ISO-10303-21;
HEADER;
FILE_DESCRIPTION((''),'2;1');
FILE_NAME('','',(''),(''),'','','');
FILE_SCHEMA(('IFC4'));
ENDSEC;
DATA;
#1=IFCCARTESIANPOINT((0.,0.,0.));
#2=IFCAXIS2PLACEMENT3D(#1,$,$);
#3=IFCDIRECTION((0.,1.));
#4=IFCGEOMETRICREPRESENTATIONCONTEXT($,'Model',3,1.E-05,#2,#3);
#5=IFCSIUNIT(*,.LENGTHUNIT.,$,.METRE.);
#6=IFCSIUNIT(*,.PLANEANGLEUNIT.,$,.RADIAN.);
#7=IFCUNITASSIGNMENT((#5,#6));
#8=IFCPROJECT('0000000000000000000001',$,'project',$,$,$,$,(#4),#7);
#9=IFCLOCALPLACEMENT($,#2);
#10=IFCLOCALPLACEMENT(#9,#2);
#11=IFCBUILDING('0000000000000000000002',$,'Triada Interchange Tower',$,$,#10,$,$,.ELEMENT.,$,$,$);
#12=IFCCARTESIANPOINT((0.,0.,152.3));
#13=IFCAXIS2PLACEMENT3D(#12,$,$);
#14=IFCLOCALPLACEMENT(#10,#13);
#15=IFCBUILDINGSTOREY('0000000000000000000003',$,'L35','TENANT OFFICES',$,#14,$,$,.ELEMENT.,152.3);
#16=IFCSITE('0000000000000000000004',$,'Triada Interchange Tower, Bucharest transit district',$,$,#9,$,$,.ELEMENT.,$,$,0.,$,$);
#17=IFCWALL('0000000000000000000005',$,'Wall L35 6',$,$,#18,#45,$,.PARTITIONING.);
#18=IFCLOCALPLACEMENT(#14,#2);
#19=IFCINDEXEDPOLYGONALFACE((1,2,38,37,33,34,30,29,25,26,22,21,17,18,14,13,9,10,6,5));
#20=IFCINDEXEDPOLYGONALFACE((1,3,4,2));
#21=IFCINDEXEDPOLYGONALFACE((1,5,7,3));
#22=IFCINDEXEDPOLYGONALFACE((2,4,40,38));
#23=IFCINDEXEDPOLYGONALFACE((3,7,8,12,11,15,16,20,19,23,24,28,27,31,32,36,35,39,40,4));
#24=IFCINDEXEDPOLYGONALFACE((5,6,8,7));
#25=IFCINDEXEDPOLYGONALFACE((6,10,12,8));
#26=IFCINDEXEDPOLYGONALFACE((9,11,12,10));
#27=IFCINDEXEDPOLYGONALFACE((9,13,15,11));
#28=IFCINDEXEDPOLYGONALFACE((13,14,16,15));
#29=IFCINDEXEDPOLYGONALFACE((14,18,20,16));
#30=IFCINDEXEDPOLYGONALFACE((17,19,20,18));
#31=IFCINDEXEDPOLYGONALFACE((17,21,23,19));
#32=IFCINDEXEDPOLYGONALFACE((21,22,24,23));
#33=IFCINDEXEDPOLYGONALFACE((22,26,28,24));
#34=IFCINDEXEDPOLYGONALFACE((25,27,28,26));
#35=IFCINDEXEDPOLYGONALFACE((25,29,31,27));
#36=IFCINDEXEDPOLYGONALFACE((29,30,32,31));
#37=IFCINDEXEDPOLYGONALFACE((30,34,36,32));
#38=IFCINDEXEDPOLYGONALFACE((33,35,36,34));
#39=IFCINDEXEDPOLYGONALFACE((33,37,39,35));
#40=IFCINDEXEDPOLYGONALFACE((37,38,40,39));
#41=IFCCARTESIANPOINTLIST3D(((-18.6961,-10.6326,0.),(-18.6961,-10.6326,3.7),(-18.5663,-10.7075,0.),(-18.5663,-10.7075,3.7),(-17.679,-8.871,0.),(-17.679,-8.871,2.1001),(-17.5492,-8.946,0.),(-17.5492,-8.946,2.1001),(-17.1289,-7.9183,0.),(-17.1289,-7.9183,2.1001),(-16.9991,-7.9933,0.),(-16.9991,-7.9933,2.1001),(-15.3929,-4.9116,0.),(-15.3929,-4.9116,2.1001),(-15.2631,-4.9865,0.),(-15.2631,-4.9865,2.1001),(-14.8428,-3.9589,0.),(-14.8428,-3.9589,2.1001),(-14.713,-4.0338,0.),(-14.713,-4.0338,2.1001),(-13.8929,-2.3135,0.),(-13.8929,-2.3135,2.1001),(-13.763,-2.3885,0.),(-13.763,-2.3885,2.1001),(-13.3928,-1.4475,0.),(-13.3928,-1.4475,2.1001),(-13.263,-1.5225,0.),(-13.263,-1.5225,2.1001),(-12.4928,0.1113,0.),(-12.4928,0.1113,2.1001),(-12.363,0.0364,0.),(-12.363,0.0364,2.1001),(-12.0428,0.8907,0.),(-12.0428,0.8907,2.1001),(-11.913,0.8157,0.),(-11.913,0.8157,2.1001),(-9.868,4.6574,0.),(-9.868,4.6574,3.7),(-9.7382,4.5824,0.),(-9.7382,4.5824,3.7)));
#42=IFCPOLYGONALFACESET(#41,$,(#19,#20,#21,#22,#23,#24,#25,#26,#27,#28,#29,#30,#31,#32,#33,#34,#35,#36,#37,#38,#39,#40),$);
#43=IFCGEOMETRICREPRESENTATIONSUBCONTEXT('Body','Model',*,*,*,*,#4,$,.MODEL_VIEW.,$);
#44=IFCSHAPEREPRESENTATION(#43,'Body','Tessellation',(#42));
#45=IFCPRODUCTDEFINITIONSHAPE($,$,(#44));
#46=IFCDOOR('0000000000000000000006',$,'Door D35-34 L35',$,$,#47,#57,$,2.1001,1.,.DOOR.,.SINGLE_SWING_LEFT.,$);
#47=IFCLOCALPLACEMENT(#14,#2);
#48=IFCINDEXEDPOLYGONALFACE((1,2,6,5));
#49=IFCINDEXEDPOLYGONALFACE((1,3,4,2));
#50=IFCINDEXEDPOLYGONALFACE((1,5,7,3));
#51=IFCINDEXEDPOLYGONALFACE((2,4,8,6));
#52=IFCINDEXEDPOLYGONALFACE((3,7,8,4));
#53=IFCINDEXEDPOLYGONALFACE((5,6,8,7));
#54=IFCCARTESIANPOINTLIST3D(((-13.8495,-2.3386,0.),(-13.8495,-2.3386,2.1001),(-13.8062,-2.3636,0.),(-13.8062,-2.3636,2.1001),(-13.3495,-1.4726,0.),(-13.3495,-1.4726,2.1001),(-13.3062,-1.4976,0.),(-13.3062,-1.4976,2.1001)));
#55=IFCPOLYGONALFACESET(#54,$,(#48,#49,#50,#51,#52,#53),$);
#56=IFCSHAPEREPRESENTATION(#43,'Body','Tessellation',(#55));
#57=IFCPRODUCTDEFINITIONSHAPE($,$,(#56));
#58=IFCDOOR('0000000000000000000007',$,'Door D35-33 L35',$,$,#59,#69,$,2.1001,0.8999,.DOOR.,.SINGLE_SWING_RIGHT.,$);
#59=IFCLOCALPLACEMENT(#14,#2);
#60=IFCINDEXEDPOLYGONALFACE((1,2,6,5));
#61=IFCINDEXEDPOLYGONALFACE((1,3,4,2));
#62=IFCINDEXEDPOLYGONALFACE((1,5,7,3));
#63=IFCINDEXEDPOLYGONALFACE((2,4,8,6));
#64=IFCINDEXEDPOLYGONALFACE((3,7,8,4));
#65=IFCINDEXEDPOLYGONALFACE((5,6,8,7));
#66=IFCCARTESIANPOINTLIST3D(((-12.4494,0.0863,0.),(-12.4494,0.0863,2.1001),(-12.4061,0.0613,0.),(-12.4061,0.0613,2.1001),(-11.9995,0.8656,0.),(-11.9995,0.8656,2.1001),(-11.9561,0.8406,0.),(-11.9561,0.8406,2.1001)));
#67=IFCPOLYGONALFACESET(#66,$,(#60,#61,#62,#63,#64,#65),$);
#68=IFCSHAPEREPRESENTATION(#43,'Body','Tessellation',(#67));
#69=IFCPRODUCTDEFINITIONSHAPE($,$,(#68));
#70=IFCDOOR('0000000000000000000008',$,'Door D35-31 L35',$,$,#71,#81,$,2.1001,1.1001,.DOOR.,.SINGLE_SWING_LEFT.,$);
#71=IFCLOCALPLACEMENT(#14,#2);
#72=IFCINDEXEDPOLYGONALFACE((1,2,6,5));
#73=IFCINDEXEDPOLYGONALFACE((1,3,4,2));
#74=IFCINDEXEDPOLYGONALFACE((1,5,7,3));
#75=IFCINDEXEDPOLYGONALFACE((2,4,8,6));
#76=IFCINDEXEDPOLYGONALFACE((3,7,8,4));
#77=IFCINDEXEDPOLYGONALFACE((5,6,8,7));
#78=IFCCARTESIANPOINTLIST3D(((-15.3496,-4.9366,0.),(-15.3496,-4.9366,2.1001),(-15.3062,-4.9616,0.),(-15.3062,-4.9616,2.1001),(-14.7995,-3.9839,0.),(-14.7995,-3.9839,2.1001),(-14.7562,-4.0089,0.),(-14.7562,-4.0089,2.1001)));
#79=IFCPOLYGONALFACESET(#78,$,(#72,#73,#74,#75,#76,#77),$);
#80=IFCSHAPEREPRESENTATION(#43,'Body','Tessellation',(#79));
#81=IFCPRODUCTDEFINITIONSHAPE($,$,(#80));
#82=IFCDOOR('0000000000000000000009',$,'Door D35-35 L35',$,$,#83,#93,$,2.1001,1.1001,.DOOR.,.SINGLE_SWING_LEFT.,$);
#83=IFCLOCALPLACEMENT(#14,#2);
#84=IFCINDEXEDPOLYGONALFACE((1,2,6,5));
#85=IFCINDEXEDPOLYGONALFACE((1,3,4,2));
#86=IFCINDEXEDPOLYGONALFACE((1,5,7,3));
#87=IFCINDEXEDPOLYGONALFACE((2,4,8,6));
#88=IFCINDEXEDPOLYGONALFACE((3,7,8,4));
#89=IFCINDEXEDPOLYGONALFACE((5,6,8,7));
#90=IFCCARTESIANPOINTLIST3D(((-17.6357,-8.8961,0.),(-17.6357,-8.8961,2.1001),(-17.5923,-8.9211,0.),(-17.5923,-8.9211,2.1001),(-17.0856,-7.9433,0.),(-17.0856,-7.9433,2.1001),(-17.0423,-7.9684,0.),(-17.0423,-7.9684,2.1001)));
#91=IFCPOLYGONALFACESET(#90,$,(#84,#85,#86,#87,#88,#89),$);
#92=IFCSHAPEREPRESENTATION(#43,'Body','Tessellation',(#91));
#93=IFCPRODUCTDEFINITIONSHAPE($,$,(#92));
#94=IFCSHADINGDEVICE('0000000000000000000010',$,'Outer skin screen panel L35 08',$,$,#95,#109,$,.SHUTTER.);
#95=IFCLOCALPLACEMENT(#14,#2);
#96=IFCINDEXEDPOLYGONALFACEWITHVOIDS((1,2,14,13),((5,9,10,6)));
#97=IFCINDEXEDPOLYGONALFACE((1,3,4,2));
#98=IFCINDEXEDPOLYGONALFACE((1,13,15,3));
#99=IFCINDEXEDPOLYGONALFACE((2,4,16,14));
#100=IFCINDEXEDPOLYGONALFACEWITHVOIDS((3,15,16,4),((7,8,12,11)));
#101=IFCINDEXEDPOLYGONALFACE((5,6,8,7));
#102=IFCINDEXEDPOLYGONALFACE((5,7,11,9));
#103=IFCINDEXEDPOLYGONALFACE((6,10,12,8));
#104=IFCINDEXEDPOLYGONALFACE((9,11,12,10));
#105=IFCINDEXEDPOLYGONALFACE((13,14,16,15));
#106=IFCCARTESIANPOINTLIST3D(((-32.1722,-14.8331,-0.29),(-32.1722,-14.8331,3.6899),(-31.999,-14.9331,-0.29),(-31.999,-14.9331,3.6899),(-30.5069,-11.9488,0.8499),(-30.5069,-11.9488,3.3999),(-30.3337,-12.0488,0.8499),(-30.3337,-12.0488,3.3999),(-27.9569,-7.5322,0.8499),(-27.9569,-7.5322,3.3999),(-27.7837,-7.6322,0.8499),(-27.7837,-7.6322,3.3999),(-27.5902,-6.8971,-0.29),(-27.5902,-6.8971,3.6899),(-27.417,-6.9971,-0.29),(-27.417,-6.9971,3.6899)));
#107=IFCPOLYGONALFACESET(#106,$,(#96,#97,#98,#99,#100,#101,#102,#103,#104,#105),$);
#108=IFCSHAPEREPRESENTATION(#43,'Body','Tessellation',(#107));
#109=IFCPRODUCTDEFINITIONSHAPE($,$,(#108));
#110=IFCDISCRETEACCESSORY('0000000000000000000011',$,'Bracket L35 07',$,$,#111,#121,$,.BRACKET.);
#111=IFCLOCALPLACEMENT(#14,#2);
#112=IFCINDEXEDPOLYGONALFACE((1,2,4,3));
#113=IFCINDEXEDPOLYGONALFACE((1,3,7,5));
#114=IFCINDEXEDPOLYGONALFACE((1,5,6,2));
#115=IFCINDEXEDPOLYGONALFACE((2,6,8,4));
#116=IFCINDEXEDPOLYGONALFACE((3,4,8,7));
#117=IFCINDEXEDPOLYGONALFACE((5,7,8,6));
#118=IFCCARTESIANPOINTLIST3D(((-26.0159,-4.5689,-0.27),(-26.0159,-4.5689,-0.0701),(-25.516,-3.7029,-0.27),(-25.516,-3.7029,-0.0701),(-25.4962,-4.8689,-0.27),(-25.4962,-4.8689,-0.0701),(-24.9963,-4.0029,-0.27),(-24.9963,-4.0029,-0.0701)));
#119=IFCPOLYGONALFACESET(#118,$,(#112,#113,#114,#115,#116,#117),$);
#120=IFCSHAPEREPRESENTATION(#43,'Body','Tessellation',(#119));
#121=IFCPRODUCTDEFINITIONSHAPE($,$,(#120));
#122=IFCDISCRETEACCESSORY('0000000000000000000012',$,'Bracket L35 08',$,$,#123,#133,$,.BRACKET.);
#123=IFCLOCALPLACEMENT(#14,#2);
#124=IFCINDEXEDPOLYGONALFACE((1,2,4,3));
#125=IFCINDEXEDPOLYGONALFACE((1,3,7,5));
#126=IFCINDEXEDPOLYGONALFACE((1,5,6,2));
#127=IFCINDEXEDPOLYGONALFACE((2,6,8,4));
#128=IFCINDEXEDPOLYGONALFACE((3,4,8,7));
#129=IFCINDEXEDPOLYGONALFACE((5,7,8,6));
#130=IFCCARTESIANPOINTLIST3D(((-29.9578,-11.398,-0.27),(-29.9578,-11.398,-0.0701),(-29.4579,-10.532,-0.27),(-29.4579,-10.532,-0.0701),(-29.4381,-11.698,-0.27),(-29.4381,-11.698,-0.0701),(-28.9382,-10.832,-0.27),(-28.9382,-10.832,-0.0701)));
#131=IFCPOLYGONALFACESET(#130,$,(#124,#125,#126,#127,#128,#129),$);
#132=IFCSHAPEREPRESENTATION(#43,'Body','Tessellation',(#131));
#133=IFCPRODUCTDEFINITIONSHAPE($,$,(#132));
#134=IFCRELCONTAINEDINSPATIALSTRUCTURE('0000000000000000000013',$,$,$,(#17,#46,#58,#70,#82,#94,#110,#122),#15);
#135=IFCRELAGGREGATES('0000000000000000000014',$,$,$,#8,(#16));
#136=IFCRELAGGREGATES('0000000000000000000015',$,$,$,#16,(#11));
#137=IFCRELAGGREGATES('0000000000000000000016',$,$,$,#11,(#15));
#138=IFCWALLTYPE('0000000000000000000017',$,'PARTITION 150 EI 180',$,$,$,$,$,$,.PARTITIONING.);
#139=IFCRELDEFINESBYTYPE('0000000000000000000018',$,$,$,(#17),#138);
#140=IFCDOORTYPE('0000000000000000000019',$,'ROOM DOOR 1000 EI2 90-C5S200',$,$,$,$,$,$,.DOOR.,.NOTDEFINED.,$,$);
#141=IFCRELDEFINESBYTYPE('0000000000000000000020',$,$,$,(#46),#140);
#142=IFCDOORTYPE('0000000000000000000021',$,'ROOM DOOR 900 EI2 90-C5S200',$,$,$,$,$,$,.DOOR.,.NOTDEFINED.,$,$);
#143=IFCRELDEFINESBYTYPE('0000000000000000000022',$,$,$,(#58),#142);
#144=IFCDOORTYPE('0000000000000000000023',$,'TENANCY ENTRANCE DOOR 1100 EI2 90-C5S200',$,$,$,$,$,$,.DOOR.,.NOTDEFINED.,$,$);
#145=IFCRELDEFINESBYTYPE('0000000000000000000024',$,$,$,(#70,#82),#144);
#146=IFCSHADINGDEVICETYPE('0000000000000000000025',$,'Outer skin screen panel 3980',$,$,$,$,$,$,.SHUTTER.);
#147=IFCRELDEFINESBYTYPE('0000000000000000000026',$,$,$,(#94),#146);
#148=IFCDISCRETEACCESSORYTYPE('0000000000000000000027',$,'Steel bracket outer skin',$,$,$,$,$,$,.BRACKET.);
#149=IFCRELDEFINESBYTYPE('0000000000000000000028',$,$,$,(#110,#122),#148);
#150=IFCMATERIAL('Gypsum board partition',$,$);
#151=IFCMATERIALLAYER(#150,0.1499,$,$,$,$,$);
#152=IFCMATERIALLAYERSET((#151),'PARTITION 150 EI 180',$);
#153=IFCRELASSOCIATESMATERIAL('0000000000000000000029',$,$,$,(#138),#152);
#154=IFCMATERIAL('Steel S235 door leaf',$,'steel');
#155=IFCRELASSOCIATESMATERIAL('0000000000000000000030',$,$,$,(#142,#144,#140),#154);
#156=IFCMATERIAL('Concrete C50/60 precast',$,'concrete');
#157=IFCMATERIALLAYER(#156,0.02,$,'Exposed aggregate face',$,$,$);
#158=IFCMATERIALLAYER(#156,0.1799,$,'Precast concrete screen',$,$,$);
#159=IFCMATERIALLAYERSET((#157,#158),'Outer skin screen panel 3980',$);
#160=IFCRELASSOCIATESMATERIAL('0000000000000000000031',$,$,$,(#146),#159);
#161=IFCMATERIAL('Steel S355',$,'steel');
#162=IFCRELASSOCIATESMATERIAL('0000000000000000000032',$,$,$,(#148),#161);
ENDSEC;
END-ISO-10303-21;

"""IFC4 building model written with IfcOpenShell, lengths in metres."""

from ifc_helpers import new_model, si_unit, direction, frame, frame_2d, origin, origin_2d, place, context, subcontext, project, spatial, polyline, rectangle, outline, extrude, material, layer, layer_set, type_object, element, fill, save


model = new_model("IFC4")

# Units and contexts
model_context = context("Model", 3, precision=1e-05, world=origin(), true_north=direction((0.0, 1.0)))
body_context = subcontext(model_context, "Body", "Model", "MODEL_VIEW")
ifc_project = project(units=[si_unit("LENGTHUNIT", "METRE"), si_unit("PLANEANGLEUNIT", "RADIAN")], contexts=[model_context])

# Site, building, storey
site_placement = place(None, origin())
site = spatial("IfcSite", under=ifc_project, at=site_placement, Name="Triada Interchange Tower, Bucharest transit district", CompositionType="ELEMENT", RefElevation=0.0)
building_placement = place(site_placement, origin())
building = spatial("IfcBuilding", under=site, at=building_placement, Name="Triada Interchange Tower", CompositionType="ELEMENT")
storey_placement = place(building_placement, frame((0.0, 0.0, 152.3)))
storey = spatial("IfcBuildingStorey", under=building, at=storey_placement, Name="L35", Description="TENANT OFFICES", CompositionType="ELEMENT", Elevation=152.3)

# Shared definitions
ifc_material_1 = material(Name="Gypsum board partition")
ifc_layer_1 = layer(ifc_material_1, 0.1499)
ifc_layer_set_1 = layer_set([ifc_layer_1], Name="PARTITION 150 EI 180")
wall_type = type_object("IfcWallType", Name="PARTITION 150 EI 180", PredefinedType="PARTITIONING", material=ifc_layer_set_1)

# Wall, openings, doors
ifc_material_2 = material(Name="Steel S235 door leaf", Category="steel")
door_type_1 = type_object("IfcDoorType", Name="ROOM DOOR 900 EI2 90-C5S200", OperationType="NOTDEFINED", PredefinedType="DOOR", material=ifc_material_2)
door_type_2 = type_object("IfcDoorType", Name="TENANCY ENTRANCE DOOR 1100 EI2 90-C5S200", OperationType="NOTDEFINED", PredefinedType="DOOR", material=ifc_material_2)
wall_1_placement = place(storey_placement, frame((-18.6311, -10.6699, 0.0), z_axis=(0.0, 0.0, 1.0), x_axis=(0.500018, 0.866015, 0.0)))
wall_1 = element("IfcWall", 1, at=wall_1_placement, inside=storey, type_object=wall_type, Name="Wall L35 6", PredefinedType="PARTITIONING", context=body_context, shape_type="SweptSolid", body=[
    extrude(rectangle(XDim=17.6555, YDim=0.1499, at=frame_2d((8.8276, 0.0))), origin(), (0.0, 0.0, 1.0), 3.7),
])
opening_1_placement = place(wall_1_placement, frame((6.606, 0.0, 0.0)))
opening_1 = element("IfcOpeningElement", 2, at=opening_1_placement, cuts=wall_1, PredefinedType="OPENING", context=body_context, shape_type="SweptSolid", body=[
    extrude(rectangle(XDim=1.1001, YDim=2.1001, at=frame_2d((0.55, 1.05))), frame((0.0, 0.085, 0.0), z_axis=(0.0, -1.0, 0.0), x_axis=(1.0, 0.0, 0.0)), (0.0, 0.0, 1.0), 0.1699),
])
opening_2_placement = place(wall_1_placement, frame((12.406, 0.0, 0.0)))
opening_2 = element("IfcOpeningElement", 3, at=opening_2_placement, cuts=wall_1, PredefinedType="OPENING", context=body_context, shape_type="SweptSolid", body=[
    extrude(rectangle(XDim=0.8999, YDim=2.1001, at=frame_2d((0.45, 1.05))), frame((0.0, 0.085, 0.0), z_axis=(0.0, -1.0, 0.0), x_axis=(1.0, 0.0, 0.0)), (0.0, 0.0, 1.0), 0.1699),
])
opening_3_placement = place(wall_1_placement, frame((9.606, 0.0, 0.0)))
opening_3 = element("IfcOpeningElement", 4, at=opening_3_placement, cuts=wall_1, PredefinedType="OPENING", context=body_context, shape_type="SweptSolid", body=[
    extrude(rectangle(XDim=1.0, YDim=2.1001, at=frame_2d((0.5, 1.05))), frame((0.0, 0.085, 0.0), z_axis=(0.0, -1.0, 0.0), x_axis=(1.0, 0.0, 0.0)), (0.0, 0.0, 1.0), 0.1699),
])
opening_4_placement = place(wall_1_placement, frame((2.0339, 0.0, 0.0)))
opening_4 = element("IfcOpeningElement", 5, at=opening_4_placement, cuts=wall_1, PredefinedType="OPENING", context=body_context, shape_type="SweptSolid", body=[
    extrude(rectangle(XDim=1.1001, YDim=2.1001, at=frame_2d((0.55, 1.05))), frame((0.0, 0.085, 0.0), z_axis=(0.0, -1.0, 0.0), x_axis=(1.0, 0.0, 0.0)), (0.0, 0.0, 1.0), 0.1699),
])
door_type_3 = type_object("IfcDoorType", Name="ROOM DOOR 1000 EI2 90-C5S200", OperationType="NOTDEFINED", PredefinedType="DOOR", material=ifc_material_2)
door_1_placement = place(opening_3_placement, origin())
door_1 = element("IfcDoor", 6, at=door_1_placement, inside=storey, type_object=door_type_3, Name="Door D35-34 L35", OperationType="SINGLE_SWING_LEFT", OverallHeight=2.1001, OverallWidth=1.0, PredefinedType="DOOR", context=body_context, shape_type="SweptSolid", body=[
    extrude(rectangle(XDim=1.0, YDim=2.1001, at=frame_2d((0.5, 1.05))), frame((0.0, 0.0249, 0.0), z_axis=(0.0, -1.0, 0.0), x_axis=(1.0, 0.0, 0.0)), (0.0, 0.0, 1.0), 0.05),
])
fill(opening_3, door_1)
door_2_placement = place(opening_2_placement, origin())
door_2 = element("IfcDoor", 7, at=door_2_placement, inside=storey, type_object=door_type_1, Name="Door D35-33 L35", OperationType="SINGLE_SWING_RIGHT", OverallHeight=2.1001, OverallWidth=0.8999, PredefinedType="DOOR", context=body_context, shape_type="SweptSolid", body=[
    extrude(rectangle(XDim=0.8999, YDim=2.1001, at=frame_2d((0.45, 1.05))), frame((0.0, 0.0249, 0.0), z_axis=(0.0, -1.0, 0.0), x_axis=(1.0, 0.0, 0.0)), (0.0, 0.0, 1.0), 0.05),
])
fill(opening_2, door_2)
door_3_placement = place(opening_1_placement, origin())
door_3 = element("IfcDoor", 8, at=door_3_placement, inside=storey, type_object=door_type_2, Name="Door D35-31 L35", OperationType="SINGLE_SWING_LEFT", OverallHeight=2.1001, OverallWidth=1.1001, PredefinedType="DOOR", context=body_context, shape_type="SweptSolid", body=[
    extrude(rectangle(XDim=1.1001, YDim=2.1001, at=frame_2d((0.55, 1.05))), frame((0.0, 0.0249, 0.0), z_axis=(0.0, -1.0, 0.0), x_axis=(1.0, 0.0, 0.0)), (0.0, 0.0, 1.0), 0.05),
])
fill(opening_1, door_3)
door_4_placement = place(opening_4_placement, origin())
door_4 = element("IfcDoor", 9, at=door_4_placement, inside=storey, type_object=door_type_2, Name="Door D35-35 L35", OperationType="SINGLE_SWING_LEFT", OverallHeight=2.1001, OverallWidth=1.1001, PredefinedType="DOOR", context=body_context, shape_type="SweptSolid", body=[
    extrude(rectangle(XDim=1.1001, YDim=2.1001, at=frame_2d((0.55, 1.05))), frame((0.0, 0.0249, 0.0), z_axis=(0.0, -1.0, 0.0), x_axis=(1.0, 0.0, 0.0)), (0.0, 0.0, 1.0), 0.05),
])
fill(opening_4, door_4)

# Shading device
ifc_material_3 = material(Name="Concrete C50/60 precast", Category="concrete")
ifc_layer_2 = layer(ifc_material_3, 0.02, Name="Exposed aggregate face")
ifc_layer_3 = layer(ifc_material_3, 0.1799, Name="Precast concrete screen")
ifc_layer_set_2 = layer_set([ifc_layer_2, ifc_layer_3], Name="Outer skin screen panel 3980")
shading_device_type = type_object("IfcShadingDeviceType", Name="Outer skin screen panel 3980", PredefinedType="SHUTTER", material=ifc_layer_set_2)
shading_device_placement = place(storey_placement, frame((-27.417, -6.9971, -0.29), z_axis=(0.0, 0.0, 1.0), x_axis=(-0.500013, -0.866018, 0.0)))
element("IfcShadingDevice", 10, at=shading_device_placement, inside=storey, type_object=shading_device_type, Name="Outer skin screen panel L35 08", PredefinedType="SHUTTER", context=body_context, shape_type="SweptSolid", body=[
    extrude(outline(polyline([(0.0, 0.0), (9.1638, 0.0), (9.1638, 3.98), (0.0, 3.98), (0.0, 0.0)]), holes=[polyline([(0.7334, 1.1399), (0.7334, 3.6899), (5.8333, 3.6899), (5.8333, 1.1399), (0.7334, 1.1399)])]), frame((0.0, 0.0, 0.0), z_axis=(0.0, -1.0, 0.0), x_axis=(1.0, 0.0, 0.0)), (0.0, 0.0, 1.0), 0.2),
])

# Discrete accessories
ifc_material_4 = material(Name="Steel S355", Category="steel")
discrete_accessory_type = type_object("IfcDiscreteAccessoryType", Name="Steel bracket outer skin", PredefinedType="BRACKET", material=ifc_material_4)
for number, where, z_axis, x_axis, name in (
    (11, (-25.5061, -4.2859, -0.27), (0.0, 0.0, 1.0), (-0.866036, 0.499982, 0.0), "Bracket L35 07"),
    (12, (-29.448, -11.115, -0.27), (0.0, 0.0, 1.0), (-0.866036, 0.499982, 0.0), "Bracket L35 08"),
):
    element("IfcDiscreteAccessory", number, at=place(storey_placement, frame(where, z_axis=z_axis, x_axis=x_axis)), inside=storey, type_object=discrete_accessory_type, Name=name, PredefinedType="BRACKET", context=body_context, shape_type="SweptSolid", body=[
        extrude(rectangle(XDim=0.6001, YDim=1.0, at=origin_2d()), origin(), (0.0, 0.0, 1.0), 0.2),
    ])

save(model, "model.ifc")
